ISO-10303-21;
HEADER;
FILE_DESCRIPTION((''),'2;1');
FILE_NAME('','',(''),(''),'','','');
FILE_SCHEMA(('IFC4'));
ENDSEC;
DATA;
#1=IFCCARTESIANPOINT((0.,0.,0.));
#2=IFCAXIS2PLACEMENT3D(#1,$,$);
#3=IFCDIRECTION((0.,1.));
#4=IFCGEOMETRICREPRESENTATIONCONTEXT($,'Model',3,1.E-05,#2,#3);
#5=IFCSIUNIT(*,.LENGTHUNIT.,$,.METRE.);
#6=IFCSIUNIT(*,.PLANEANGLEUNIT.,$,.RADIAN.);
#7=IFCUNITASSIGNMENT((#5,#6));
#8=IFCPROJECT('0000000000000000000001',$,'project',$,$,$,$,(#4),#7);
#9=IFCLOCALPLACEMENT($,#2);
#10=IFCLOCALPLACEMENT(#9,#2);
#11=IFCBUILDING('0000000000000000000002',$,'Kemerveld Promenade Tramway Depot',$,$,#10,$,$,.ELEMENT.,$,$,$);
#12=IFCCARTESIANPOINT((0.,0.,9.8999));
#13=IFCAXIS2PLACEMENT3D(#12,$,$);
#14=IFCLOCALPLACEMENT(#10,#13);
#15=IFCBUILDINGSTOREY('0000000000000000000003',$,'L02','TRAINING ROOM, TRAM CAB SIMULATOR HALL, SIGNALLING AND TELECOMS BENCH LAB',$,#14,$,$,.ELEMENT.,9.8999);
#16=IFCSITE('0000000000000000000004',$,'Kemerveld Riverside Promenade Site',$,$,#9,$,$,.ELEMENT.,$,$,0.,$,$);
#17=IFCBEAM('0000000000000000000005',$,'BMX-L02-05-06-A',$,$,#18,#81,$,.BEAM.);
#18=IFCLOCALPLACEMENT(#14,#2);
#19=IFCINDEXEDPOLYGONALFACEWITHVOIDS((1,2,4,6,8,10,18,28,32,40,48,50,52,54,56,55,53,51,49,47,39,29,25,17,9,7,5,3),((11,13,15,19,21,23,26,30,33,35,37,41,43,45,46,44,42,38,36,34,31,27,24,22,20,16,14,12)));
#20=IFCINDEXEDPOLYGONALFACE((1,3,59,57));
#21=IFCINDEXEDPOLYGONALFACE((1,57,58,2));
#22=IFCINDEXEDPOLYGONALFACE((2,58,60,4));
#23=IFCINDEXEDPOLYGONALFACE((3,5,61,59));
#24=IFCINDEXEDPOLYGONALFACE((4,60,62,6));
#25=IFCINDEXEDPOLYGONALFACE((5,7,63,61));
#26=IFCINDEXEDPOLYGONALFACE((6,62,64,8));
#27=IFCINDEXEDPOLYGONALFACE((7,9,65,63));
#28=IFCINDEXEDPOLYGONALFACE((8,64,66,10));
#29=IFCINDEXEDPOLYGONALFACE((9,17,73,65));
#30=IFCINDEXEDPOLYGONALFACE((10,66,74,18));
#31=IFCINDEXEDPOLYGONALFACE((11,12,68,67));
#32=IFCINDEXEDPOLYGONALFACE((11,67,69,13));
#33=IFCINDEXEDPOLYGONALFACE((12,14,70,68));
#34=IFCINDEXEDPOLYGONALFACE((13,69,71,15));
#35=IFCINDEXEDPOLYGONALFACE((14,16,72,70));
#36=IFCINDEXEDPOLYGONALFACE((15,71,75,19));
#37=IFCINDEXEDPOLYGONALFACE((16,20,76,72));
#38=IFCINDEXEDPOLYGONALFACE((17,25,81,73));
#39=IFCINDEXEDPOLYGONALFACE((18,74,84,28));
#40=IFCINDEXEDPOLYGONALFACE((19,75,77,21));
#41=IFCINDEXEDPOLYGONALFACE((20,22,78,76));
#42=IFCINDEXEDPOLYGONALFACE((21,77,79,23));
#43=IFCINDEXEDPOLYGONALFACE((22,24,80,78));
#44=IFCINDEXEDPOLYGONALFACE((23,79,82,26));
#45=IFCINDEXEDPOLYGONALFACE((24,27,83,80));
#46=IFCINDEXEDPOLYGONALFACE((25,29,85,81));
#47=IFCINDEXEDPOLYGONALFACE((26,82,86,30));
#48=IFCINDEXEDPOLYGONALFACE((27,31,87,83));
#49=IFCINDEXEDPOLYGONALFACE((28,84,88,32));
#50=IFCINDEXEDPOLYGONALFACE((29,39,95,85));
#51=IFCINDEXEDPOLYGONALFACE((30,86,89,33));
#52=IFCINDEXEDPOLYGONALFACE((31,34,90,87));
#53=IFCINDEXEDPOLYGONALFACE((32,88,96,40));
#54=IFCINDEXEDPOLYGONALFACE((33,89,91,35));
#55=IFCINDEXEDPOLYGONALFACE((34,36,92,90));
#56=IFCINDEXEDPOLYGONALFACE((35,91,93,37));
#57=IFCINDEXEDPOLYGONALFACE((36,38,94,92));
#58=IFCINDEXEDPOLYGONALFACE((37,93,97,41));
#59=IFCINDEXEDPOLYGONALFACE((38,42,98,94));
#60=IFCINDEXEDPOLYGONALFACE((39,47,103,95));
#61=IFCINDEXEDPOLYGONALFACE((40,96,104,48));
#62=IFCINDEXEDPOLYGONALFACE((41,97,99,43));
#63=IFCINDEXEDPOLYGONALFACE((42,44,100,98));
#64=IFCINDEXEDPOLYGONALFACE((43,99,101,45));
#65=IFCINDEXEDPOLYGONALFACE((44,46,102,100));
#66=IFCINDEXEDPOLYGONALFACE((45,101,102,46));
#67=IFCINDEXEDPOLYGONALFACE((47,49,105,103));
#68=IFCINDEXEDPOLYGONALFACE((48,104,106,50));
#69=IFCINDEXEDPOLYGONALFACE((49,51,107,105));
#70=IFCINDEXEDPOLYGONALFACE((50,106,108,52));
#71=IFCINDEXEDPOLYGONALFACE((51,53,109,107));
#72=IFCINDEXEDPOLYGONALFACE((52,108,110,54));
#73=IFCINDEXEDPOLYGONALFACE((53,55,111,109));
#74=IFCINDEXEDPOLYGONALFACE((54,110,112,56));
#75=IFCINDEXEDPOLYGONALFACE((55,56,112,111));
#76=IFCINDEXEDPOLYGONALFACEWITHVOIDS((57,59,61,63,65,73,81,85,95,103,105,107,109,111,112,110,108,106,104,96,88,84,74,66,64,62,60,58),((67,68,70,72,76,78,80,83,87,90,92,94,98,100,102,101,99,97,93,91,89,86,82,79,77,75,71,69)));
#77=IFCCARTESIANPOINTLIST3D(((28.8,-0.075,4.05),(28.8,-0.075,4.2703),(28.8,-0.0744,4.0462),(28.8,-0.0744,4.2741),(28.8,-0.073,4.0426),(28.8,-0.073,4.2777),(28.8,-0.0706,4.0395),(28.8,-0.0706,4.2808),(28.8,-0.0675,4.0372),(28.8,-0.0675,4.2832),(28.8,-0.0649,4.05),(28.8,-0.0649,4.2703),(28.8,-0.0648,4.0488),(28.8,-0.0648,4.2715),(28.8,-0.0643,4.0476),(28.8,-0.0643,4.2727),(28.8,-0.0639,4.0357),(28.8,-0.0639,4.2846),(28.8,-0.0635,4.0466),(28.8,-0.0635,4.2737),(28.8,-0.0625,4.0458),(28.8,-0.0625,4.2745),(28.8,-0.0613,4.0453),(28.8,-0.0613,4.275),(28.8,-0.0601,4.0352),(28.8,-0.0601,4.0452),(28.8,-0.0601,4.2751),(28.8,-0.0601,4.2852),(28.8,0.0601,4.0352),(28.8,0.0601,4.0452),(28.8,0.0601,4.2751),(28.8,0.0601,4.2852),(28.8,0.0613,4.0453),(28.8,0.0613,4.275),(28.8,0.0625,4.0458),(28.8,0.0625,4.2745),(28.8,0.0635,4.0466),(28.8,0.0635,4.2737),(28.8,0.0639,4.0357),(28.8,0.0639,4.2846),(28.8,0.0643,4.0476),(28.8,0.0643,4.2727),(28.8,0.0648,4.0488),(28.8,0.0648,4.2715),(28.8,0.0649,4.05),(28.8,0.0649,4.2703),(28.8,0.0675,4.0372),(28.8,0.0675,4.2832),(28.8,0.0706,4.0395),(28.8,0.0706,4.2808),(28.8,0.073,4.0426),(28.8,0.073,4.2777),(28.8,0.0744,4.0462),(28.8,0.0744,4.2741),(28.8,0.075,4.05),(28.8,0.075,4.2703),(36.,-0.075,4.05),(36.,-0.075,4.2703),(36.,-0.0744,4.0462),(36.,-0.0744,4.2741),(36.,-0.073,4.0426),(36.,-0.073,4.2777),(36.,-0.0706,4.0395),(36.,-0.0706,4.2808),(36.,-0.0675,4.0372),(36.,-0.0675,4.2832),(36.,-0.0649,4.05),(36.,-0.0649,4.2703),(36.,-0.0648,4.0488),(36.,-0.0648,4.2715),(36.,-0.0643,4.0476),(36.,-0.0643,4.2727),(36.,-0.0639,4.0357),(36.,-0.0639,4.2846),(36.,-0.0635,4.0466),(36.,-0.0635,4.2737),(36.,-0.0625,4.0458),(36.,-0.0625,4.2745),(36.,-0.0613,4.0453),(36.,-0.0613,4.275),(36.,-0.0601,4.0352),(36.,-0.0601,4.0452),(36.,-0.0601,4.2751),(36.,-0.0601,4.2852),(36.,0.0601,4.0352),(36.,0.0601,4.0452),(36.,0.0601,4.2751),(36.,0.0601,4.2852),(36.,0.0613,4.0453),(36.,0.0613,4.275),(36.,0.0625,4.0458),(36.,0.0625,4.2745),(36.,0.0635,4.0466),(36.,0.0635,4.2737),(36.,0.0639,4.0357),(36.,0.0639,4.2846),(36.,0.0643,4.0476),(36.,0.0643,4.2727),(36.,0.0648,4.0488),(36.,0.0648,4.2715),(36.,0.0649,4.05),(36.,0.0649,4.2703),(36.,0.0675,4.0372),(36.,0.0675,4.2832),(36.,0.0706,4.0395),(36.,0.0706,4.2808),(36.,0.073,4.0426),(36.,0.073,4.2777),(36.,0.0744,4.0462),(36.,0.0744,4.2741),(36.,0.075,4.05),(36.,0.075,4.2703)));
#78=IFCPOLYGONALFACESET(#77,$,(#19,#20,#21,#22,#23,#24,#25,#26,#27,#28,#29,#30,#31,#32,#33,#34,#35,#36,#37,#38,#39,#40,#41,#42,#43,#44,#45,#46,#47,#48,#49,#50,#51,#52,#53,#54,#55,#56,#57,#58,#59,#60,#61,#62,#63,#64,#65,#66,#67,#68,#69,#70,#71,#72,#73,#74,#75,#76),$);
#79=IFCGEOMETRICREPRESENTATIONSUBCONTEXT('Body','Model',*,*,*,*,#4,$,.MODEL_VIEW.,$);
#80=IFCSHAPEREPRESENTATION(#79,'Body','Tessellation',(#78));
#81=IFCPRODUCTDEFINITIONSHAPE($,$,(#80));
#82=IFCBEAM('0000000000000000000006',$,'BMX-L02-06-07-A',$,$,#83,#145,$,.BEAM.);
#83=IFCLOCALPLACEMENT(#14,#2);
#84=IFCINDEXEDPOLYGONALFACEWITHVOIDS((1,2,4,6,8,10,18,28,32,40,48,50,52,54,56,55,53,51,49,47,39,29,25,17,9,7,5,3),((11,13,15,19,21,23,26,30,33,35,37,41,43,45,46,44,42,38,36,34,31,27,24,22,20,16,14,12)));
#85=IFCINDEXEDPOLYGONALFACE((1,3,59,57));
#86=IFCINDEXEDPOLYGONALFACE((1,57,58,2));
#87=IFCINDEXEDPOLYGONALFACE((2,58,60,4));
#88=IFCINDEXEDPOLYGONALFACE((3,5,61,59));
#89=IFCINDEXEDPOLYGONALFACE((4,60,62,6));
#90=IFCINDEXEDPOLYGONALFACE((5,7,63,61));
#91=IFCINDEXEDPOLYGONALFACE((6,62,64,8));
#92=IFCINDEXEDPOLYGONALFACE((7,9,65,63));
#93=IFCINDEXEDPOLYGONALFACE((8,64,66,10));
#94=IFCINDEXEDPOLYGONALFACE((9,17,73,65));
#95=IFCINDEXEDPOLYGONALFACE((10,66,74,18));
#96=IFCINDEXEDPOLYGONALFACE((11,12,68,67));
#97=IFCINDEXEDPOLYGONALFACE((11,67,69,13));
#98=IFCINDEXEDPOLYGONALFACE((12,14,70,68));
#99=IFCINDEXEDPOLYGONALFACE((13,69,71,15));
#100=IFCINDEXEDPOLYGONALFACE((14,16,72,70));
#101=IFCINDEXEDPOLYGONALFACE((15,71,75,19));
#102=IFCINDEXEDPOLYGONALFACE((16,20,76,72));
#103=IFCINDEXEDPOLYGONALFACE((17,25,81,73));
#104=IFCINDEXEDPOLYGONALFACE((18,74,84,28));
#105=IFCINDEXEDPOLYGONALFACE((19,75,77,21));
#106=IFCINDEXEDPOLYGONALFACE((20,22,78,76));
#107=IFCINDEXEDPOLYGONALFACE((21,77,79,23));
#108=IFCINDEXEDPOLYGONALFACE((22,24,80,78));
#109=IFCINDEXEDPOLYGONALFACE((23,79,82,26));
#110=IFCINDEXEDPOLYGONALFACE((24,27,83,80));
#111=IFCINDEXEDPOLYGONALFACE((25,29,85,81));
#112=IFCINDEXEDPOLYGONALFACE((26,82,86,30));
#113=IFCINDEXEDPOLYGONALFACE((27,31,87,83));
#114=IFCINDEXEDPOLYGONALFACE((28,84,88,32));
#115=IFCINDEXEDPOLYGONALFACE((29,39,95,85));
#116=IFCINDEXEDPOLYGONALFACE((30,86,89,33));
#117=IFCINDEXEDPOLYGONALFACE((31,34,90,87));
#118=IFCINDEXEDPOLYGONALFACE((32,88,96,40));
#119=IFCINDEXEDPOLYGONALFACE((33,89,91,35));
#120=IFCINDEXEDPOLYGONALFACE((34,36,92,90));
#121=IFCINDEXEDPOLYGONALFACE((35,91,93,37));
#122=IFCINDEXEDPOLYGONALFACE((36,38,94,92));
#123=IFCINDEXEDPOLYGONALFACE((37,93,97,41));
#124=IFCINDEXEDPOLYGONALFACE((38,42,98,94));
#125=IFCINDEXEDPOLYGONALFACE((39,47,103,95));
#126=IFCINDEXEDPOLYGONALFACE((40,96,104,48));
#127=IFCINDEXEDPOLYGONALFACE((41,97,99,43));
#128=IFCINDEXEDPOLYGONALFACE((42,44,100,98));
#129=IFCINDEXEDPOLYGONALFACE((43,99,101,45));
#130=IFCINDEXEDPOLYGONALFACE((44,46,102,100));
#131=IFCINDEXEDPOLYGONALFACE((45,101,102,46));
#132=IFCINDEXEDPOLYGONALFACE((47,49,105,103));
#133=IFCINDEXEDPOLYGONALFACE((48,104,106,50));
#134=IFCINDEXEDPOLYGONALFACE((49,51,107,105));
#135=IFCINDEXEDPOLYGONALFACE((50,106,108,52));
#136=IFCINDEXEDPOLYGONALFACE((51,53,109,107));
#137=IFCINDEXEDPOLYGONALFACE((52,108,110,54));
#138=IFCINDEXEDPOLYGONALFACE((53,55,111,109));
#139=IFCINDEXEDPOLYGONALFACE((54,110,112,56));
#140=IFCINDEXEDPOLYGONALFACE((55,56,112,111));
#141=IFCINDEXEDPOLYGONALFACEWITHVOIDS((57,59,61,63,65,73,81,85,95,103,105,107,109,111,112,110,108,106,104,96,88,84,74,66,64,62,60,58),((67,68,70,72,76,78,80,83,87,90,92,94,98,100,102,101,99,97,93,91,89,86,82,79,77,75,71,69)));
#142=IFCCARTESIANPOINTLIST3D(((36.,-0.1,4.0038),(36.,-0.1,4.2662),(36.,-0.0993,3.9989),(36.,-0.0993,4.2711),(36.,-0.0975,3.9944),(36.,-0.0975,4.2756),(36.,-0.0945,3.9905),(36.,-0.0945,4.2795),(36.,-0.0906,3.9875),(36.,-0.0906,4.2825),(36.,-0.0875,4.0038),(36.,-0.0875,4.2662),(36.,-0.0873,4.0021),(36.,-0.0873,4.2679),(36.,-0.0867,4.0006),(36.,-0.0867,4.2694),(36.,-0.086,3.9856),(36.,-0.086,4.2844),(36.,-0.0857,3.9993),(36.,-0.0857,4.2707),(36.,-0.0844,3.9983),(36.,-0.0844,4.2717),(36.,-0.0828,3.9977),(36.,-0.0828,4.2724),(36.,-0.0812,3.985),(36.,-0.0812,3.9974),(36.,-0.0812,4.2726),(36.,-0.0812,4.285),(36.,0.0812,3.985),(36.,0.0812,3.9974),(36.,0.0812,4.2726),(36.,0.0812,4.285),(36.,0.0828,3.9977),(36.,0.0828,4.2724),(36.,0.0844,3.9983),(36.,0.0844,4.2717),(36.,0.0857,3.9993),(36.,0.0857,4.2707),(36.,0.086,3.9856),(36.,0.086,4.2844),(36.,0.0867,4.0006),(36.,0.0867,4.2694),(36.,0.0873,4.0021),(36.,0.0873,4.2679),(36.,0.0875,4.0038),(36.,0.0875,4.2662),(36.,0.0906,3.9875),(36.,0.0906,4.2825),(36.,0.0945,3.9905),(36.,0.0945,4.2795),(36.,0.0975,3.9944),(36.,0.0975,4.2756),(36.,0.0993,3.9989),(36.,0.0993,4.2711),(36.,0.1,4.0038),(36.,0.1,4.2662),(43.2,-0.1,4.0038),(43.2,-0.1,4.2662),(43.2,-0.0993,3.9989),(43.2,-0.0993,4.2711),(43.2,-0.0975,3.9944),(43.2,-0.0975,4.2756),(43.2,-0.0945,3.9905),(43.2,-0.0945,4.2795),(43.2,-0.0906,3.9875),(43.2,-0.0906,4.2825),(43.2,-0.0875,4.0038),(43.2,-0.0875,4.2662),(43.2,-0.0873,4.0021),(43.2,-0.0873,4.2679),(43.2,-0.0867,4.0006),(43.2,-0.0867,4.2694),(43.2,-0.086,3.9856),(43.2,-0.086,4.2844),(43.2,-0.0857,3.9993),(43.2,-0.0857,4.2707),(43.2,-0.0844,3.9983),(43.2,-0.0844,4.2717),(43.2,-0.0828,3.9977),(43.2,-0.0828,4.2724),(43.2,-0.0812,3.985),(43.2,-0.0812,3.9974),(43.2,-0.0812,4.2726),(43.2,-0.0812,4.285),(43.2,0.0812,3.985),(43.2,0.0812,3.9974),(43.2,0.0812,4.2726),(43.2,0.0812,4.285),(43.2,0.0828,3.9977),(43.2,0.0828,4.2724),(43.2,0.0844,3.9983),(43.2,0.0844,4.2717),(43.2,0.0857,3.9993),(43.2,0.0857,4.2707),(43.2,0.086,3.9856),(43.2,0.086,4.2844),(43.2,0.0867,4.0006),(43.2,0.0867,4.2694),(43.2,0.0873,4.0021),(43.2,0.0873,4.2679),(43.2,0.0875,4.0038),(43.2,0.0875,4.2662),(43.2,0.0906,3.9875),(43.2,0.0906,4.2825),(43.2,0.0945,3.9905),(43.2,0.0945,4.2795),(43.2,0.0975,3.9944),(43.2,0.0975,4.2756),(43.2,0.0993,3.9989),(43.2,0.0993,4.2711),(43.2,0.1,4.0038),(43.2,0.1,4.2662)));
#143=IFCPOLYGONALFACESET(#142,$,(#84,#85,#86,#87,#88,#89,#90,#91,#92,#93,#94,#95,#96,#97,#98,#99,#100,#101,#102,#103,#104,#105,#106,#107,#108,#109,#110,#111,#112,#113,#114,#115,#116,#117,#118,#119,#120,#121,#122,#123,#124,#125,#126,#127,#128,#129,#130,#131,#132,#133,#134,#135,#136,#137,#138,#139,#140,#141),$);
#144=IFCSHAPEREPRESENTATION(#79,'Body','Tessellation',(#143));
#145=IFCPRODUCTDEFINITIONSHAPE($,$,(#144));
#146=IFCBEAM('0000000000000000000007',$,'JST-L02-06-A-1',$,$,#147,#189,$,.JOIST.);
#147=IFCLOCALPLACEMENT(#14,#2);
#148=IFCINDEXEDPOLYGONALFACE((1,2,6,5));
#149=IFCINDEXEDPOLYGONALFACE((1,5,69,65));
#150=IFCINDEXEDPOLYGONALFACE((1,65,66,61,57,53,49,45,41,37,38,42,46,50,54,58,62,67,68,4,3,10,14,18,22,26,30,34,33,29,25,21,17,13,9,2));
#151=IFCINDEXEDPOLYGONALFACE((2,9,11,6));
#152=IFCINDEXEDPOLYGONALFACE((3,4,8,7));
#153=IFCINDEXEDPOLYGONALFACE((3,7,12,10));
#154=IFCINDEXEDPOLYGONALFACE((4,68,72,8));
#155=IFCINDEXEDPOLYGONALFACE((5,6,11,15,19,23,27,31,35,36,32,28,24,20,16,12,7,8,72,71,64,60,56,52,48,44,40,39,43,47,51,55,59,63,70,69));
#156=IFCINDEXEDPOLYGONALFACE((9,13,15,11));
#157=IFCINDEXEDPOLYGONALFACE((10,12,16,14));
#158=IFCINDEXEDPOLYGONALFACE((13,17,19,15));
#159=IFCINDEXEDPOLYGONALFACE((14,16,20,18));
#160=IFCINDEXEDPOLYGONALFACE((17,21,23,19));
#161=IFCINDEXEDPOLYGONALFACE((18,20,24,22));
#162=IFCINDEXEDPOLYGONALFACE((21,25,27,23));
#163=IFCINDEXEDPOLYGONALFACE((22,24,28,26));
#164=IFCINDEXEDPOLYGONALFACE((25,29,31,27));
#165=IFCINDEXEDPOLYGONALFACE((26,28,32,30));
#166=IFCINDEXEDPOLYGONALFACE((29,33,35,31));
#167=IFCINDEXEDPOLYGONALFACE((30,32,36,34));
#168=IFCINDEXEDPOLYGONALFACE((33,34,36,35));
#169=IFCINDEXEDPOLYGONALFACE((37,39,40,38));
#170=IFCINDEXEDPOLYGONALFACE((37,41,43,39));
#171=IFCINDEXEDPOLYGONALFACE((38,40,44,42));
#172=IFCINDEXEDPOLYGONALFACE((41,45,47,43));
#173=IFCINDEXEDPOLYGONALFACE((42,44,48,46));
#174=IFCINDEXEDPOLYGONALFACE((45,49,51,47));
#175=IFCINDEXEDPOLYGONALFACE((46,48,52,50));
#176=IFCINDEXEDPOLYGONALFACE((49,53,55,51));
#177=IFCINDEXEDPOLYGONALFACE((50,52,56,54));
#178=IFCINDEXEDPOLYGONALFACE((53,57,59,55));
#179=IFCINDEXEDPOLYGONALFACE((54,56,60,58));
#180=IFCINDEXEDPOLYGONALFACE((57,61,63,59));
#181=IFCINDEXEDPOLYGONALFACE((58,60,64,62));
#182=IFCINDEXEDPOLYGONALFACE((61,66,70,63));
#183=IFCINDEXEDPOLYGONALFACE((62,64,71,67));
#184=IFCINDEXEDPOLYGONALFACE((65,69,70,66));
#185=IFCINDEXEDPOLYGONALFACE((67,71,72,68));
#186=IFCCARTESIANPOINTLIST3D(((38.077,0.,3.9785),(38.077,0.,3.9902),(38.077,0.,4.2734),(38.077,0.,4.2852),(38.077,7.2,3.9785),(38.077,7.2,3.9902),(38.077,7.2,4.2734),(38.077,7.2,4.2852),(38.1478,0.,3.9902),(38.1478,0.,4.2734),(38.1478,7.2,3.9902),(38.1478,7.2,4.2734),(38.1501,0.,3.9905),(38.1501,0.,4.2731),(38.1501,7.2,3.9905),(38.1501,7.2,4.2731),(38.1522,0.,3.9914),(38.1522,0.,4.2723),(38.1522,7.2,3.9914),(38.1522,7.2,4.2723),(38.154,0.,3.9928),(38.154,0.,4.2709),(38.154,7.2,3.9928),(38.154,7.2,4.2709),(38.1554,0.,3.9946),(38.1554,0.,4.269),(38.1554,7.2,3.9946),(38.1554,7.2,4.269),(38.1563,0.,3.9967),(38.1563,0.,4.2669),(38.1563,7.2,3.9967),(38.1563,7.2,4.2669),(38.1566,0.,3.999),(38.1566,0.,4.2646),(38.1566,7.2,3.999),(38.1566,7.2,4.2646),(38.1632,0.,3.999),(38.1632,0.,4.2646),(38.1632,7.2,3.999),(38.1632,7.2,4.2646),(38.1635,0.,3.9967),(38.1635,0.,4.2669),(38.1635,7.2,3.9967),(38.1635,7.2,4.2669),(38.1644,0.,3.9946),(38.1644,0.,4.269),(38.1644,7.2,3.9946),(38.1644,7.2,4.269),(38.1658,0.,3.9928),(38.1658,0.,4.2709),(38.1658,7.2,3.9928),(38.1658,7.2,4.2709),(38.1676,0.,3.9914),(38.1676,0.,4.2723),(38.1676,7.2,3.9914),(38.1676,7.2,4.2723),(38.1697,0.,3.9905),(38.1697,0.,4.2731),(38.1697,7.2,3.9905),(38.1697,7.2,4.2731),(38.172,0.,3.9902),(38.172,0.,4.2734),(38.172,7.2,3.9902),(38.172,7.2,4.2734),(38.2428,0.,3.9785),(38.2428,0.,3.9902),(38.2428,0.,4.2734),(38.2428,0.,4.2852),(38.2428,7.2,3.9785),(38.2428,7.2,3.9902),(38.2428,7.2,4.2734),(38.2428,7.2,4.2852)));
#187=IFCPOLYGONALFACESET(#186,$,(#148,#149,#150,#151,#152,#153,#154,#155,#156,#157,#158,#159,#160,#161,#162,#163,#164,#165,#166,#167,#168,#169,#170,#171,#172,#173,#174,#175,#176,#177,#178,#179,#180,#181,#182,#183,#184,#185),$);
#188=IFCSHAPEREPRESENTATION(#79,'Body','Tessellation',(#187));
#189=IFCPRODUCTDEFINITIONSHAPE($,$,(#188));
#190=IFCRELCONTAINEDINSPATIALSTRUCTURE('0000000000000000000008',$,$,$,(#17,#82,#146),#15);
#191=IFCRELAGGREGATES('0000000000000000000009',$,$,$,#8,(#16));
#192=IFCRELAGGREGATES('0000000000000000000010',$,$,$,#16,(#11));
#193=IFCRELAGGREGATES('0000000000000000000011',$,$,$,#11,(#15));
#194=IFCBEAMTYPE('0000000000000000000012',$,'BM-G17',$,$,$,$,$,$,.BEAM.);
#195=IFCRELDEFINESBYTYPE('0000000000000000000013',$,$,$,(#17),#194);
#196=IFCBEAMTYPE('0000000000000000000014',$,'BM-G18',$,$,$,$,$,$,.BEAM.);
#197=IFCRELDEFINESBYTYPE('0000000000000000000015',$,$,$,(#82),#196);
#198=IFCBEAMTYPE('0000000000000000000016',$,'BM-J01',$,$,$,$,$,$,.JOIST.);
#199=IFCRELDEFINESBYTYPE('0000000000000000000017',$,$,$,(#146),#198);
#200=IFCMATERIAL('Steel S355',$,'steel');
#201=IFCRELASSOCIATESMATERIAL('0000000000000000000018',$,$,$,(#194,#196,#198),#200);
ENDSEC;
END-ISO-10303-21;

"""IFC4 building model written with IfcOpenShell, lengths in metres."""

from ifc_helpers import new_model, si_unit, direction, frame, origin, origin_2d, place, context, subcontext, project, spatial, hollow_rectangle, i_section, extrude, material, material_profile, profile_set, type_object, element, save


model = new_model("IFC4")

# Units and contexts
model_context = context("Model", 3, precision=1e-05, world=origin(), true_north=direction((0.0, 1.0)))
body_context = subcontext(model_context, "Body", "Model", "MODEL_VIEW")
ifc_project = project(units=[si_unit("LENGTHUNIT", "METRE"), si_unit("PLANEANGLEUNIT", "RADIAN")], contexts=[model_context])

# Site, building, storey
site_placement = place(None, origin())
site = spatial("IfcSite", under=ifc_project, at=site_placement, Name="Kemerveld Riverside Promenade Site", CompositionType="ELEMENT", RefElevation=0.0)
building_placement = place(site_placement, origin())
building = spatial("IfcBuilding", under=site, at=building_placement, Name="Kemerveld Promenade Tramway Depot", CompositionType="ELEMENT")
storey_placement = place(building_placement, frame((0.0, 0.0, 9.8999)))
storey = spatial("IfcBuildingStorey", under=building, at=storey_placement, Name="L02", Description="TRAINING ROOM, TRAM CAB SIMULATOR HALL, SIGNALLING AND TELECOMS BENCH LAB", CompositionType="ELEMENT", Elevation=9.8999)

# Shared definitions
ifc_material_1 = material(Name="Steel S355", Category="steel")

# Beams
ifc_material_profile_1 = material_profile(ifc_material_1, hollow_rectangle(XDim=0.1499, YDim=0.25, WallThickness=0.01, InnerFilletRadius=0.0049, OuterFilletRadius=0.0149, at=origin_2d()), Name="250x150x10.0 RHS")
ifc_profile_set_1 = profile_set([ifc_material_profile_1], Name="Steel S355")
beam_type_1 = type_object("IfcBeamType", Name="BM-G17", PredefinedType="BEAM", material=ifc_profile_set_1)
beam_1_placement = place(storey_placement, frame((28.8, 0.0, 4.1602), z_axis=(1.0, 0.0, 0.0), x_axis=(0.0, 1.0, 0.0)))
element("IfcBeam", 1, at=beam_1_placement, inside=storey, type_object=beam_type_1, Name="BMX-L02-05-06-A", PredefinedType="BEAM", context=body_context, shape_type="SweptSolid", body=[
    extrude(hollow_rectangle(XDim=0.1499, YDim=0.25, WallThickness=0.01, InnerFilletRadius=0.0049, OuterFilletRadius=0.0149, at=origin_2d()), origin(), (0.0, 0.0, 1.0), 7.2),
])
ifc_material_profile_2 = material_profile(ifc_material_1, hollow_rectangle(XDim=0.2, YDim=0.3, WallThickness=0.0125, InnerFilletRadius=0.0063, OuterFilletRadius=0.0188, at=origin_2d()), Name="300x200x12.5 RHS")
ifc_profile_set_2 = profile_set([ifc_material_profile_2], Name="Steel S355")
beam_type_2 = type_object("IfcBeamType", Name="BM-G18", PredefinedType="BEAM", material=ifc_profile_set_2)
beam_2_placement = place(storey_placement, frame((36.0, 0.0, 4.135), z_axis=(1.0, 0.0, 0.0), x_axis=(0.0, 1.0, 0.0)))
element("IfcBeam", 2, at=beam_2_placement, inside=storey, type_object=beam_type_2, Name="BMX-L02-06-07-A", PredefinedType="BEAM", context=body_context, shape_type="SweptSolid", body=[
    extrude(hollow_rectangle(XDim=0.2, YDim=0.3, WallThickness=0.0125, InnerFilletRadius=0.0063, OuterFilletRadius=0.0188, at=origin_2d()), origin(), (0.0, 0.0, 1.0), 7.2),
])
ifc_material_profile_3 = material_profile(ifc_material_1, i_section(OverallWidth=0.1658, OverallDepth=0.3066, WebThickness=0.0066, FlangeThickness=0.0117, FilletRadius=0.0088, at=origin_2d()), Name="305x165x46 UB")
ifc_profile_set_3 = profile_set([ifc_material_profile_3], Name="Steel S355")
beam_type_3 = type_object("IfcBeamType", Name="BM-J01", PredefinedType="JOIST", material=ifc_profile_set_3)
beam_3_placement = place(storey_placement, frame((38.1599, 0.0, 4.1318), z_axis=(0.0, 1.0, 0.0), x_axis=(-1.0, 0.0, 0.0)))
element("IfcBeam", 3, at=beam_3_placement, inside=storey, type_object=beam_type_3, Name="JST-L02-06-A-1", PredefinedType="JOIST", context=body_context, shape_type="SweptSolid", body=[
    extrude(i_section(OverallWidth=0.1658, OverallDepth=0.3066, WebThickness=0.0066, FlangeThickness=0.0117, FilletRadius=0.0088, at=origin_2d()), origin(), (0.0, 0.0, 1.0), 7.2),
])

save(model, "model.ifc")
